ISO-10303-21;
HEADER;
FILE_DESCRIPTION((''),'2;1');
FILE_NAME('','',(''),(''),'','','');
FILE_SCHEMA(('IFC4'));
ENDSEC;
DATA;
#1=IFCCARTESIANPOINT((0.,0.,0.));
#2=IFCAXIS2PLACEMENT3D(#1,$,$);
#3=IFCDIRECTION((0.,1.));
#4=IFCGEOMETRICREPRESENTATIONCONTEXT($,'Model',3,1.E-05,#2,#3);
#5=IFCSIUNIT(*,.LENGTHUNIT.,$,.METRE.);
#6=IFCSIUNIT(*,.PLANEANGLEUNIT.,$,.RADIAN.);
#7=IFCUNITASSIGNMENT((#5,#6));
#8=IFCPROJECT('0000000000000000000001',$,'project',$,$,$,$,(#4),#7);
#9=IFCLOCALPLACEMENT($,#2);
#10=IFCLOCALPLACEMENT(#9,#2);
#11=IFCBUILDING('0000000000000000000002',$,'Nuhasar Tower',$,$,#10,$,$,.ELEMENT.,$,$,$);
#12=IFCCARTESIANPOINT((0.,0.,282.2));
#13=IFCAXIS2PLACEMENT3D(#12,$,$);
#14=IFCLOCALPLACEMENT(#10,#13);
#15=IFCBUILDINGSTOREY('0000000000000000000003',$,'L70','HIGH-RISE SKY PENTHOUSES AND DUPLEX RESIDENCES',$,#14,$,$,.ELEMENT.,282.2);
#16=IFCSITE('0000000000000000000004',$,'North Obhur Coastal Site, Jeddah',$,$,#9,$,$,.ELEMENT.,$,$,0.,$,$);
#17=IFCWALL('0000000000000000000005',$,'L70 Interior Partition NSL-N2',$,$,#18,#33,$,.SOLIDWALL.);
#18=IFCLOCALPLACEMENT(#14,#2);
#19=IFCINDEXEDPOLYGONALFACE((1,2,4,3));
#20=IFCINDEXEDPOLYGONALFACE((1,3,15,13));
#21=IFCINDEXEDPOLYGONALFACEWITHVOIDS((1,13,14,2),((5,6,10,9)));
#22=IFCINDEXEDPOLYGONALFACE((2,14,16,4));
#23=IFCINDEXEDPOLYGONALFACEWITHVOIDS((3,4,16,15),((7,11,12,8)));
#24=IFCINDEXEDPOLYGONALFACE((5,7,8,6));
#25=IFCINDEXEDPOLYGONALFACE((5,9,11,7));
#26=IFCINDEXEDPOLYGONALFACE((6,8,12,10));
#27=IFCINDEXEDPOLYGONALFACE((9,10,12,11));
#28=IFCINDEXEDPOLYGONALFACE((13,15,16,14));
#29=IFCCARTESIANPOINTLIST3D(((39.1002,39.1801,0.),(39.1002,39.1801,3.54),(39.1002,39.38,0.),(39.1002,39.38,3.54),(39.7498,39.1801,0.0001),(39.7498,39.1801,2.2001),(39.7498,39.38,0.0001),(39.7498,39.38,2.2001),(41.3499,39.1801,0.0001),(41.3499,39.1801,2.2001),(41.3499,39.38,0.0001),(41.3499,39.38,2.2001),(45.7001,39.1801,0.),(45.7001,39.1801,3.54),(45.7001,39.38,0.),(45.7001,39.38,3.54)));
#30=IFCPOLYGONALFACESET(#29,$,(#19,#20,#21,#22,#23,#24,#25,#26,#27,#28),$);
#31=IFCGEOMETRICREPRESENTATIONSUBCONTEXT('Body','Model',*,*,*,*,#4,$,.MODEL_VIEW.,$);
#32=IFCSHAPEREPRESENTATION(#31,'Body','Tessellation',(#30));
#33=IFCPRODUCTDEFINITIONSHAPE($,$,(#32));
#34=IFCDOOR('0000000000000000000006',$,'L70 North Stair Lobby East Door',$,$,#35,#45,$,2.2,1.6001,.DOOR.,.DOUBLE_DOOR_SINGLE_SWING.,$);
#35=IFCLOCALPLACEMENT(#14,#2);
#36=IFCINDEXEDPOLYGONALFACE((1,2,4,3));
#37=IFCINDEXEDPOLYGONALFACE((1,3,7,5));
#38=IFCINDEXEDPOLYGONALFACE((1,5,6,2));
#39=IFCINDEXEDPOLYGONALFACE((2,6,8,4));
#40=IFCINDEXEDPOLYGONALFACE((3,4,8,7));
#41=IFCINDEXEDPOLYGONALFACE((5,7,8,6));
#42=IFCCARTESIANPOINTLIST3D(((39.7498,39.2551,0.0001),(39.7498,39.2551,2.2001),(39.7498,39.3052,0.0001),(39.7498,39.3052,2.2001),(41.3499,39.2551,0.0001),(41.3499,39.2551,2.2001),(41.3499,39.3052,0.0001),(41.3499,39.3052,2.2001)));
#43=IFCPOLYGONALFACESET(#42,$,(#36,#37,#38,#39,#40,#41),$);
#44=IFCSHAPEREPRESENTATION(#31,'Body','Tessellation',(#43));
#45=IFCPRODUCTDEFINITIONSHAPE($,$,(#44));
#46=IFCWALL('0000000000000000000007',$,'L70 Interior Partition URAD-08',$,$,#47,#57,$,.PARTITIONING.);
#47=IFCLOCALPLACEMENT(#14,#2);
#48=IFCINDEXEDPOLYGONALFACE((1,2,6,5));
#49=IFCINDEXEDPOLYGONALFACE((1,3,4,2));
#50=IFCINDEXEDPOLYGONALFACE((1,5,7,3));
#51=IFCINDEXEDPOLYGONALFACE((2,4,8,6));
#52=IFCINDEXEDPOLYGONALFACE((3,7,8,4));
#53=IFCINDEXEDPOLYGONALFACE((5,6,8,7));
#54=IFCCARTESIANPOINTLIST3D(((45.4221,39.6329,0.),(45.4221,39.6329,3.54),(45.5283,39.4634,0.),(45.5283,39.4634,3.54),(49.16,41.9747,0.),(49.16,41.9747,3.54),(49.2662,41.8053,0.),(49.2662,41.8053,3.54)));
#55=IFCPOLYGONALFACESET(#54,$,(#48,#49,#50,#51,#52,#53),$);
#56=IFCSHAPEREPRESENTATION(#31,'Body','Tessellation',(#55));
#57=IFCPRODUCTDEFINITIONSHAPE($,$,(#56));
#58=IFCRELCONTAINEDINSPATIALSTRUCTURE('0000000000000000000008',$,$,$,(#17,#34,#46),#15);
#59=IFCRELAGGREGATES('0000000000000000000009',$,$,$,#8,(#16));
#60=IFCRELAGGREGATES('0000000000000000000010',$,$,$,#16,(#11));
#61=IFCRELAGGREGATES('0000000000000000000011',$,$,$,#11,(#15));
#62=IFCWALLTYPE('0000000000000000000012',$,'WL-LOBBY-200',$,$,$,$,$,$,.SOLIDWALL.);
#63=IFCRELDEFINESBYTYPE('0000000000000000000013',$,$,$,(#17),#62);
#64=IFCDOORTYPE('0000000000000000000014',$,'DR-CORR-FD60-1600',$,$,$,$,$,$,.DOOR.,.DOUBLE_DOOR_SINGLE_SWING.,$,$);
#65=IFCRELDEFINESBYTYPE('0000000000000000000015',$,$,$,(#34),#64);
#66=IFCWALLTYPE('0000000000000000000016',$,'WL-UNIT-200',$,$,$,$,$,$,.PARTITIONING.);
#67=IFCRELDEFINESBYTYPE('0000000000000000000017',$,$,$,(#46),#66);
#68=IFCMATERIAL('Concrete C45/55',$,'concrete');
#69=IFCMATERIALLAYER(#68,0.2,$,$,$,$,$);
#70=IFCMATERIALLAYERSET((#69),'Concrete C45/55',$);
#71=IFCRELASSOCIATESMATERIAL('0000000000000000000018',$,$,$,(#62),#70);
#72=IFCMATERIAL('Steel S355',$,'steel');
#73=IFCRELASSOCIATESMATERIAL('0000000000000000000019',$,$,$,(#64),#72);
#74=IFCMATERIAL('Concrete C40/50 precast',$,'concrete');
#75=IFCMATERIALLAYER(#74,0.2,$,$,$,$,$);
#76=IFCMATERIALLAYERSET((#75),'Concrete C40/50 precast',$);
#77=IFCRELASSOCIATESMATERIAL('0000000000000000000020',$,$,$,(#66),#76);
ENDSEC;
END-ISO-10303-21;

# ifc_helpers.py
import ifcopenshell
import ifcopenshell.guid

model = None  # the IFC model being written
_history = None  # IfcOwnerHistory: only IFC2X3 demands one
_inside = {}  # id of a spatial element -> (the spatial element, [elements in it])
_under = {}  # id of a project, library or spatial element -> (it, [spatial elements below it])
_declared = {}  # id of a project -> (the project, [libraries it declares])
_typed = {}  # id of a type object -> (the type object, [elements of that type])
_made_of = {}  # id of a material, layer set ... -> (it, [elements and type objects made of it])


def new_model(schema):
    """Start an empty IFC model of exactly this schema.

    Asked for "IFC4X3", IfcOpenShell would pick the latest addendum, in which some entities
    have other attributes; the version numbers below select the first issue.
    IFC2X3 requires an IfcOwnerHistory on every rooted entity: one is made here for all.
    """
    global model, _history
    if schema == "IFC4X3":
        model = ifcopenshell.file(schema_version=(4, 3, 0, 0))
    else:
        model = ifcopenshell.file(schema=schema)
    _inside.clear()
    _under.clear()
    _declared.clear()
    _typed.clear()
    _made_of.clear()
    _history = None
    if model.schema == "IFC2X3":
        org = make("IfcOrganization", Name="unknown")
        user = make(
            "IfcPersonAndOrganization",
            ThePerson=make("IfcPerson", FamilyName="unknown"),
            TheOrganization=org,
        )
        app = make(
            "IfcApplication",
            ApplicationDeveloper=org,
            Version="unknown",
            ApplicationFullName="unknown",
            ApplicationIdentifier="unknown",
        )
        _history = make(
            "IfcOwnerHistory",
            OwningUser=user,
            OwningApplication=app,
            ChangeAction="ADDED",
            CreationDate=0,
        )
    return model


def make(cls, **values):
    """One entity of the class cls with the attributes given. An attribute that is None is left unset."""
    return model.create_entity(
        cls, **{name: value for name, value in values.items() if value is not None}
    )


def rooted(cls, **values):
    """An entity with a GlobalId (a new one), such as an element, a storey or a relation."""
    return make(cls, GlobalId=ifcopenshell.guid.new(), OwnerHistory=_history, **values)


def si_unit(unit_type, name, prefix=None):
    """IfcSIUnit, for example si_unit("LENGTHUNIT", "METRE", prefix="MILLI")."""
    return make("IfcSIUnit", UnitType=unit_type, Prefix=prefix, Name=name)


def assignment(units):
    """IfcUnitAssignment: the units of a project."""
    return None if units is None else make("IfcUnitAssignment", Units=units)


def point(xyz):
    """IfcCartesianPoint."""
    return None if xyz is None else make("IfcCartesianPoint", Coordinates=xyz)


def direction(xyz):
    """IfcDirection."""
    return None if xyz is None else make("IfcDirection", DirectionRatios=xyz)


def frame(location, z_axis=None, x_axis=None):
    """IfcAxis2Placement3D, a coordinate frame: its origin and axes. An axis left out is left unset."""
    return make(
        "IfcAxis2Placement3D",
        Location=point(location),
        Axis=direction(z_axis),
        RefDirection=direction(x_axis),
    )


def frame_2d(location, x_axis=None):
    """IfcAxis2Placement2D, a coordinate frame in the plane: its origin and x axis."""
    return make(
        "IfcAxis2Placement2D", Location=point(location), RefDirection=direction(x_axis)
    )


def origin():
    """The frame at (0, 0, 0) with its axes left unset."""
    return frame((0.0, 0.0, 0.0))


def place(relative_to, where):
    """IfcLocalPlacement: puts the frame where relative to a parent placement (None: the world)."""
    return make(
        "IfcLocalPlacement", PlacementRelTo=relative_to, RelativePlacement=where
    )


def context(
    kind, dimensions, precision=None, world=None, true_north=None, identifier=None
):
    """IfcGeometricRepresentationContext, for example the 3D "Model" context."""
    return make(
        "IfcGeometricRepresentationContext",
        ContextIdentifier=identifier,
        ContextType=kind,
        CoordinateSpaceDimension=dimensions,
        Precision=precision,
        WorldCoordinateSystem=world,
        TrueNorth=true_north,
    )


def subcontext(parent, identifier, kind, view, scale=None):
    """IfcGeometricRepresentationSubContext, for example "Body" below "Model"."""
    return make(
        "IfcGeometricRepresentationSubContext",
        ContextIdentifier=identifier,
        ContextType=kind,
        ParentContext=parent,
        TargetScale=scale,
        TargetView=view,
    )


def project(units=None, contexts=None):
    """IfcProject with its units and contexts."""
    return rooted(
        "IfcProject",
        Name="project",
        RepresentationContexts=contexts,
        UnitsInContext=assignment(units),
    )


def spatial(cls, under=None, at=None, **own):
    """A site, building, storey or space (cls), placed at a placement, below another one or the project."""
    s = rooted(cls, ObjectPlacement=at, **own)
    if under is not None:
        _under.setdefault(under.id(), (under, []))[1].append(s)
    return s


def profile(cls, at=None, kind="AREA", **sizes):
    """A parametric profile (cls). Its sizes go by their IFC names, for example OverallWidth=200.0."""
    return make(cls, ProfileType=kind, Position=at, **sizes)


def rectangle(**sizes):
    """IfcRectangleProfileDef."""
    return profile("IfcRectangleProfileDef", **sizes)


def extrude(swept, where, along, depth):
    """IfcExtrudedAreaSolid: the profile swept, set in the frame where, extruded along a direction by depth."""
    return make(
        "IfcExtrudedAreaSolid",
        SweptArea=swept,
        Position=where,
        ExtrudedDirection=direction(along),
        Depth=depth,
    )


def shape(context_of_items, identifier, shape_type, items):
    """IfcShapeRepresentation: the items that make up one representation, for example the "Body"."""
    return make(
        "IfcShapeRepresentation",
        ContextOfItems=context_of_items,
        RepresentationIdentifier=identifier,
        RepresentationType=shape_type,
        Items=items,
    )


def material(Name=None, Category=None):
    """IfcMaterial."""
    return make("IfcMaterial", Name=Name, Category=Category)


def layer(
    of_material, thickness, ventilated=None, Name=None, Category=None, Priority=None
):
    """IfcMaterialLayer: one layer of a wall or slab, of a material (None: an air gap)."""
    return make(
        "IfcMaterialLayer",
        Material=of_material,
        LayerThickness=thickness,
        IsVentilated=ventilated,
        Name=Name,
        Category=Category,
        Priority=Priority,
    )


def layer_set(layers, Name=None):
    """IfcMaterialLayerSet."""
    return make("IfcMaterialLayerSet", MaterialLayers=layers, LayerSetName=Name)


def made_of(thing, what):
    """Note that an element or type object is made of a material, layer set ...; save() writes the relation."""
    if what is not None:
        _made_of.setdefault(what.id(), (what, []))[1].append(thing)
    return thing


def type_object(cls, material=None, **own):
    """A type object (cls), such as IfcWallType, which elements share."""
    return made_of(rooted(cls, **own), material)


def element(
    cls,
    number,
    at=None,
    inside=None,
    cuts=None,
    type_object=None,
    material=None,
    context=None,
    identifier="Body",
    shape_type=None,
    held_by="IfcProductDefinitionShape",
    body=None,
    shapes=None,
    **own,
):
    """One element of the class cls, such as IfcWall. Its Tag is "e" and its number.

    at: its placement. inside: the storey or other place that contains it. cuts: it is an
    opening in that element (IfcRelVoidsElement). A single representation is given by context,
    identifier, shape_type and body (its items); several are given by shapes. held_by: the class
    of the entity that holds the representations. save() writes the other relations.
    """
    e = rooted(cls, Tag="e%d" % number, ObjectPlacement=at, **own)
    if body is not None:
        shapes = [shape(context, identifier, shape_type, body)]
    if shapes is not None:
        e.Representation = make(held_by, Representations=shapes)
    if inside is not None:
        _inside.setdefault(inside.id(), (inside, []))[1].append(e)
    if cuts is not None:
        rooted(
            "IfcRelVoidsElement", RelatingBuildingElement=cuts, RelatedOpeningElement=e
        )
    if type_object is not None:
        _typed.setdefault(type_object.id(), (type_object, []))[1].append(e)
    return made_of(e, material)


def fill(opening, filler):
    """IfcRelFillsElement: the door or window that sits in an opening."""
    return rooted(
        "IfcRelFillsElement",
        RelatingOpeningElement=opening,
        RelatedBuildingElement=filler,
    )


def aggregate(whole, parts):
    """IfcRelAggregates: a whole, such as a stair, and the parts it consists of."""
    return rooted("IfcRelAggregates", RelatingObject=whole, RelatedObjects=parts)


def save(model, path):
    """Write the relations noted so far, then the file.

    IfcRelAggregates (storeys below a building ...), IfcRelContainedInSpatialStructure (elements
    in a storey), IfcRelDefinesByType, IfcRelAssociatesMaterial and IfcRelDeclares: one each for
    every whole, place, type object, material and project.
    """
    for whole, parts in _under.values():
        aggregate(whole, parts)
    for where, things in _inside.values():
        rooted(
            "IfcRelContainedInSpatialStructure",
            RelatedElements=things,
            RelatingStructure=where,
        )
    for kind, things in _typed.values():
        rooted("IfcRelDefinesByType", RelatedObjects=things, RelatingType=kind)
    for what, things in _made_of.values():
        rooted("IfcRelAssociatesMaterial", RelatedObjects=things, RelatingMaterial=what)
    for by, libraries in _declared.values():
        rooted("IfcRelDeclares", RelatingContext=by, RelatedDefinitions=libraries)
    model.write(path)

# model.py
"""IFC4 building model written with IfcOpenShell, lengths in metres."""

from ifc_helpers import new_model, si_unit, direction, frame, frame_2d, origin, place, context, subcontext, project, spatial, rectangle, extrude, material, layer, layer_set, type_object, element, fill, save


model = new_model("IFC4")

# Units and contexts
model_context = context("Model", 3, precision=1e-05, world=origin(), true_north=direction((0.0, 1.0)))
body_context = subcontext(model_context, "Body", "Model", "MODEL_VIEW")
ifc_project = project(units=[si_unit("LENGTHUNIT", "METRE"), si_unit("PLANEANGLEUNIT", "RADIAN")], contexts=[model_context])

# Site, building, storey
site_placement = place(None, origin())
site = spatial("IfcSite", under=ifc_project, at=site_placement, Name="North Obhur Coastal Site, Jeddah", CompositionType="ELEMENT", RefElevation=0.0)
building_placement = place(site_placement, origin())
building = spatial("IfcBuilding", under=site, at=building_placement, Name="Nuhasar Tower", CompositionType="ELEMENT")
storey_placement = place(building_placement, frame((0.0, 0.0, 282.2)))
storey = spatial("IfcBuildingStorey", under=building, at=storey_placement, Name="L70", Description="HIGH-RISE SKY PENTHOUSES AND DUPLEX RESIDENCES", CompositionType="ELEMENT", Elevation=282.2)

# Shared definitions
ifc_material_1 = material(Name="Steel S355", Category="steel")

# Shared definitions
ifc_material_2 = material(Name="Concrete C45/55", Category="concrete")
ifc_layer_1 = layer(ifc_material_2, 0.2)
ifc_layer_set_1 = layer_set([ifc_layer_1], Name="Concrete C45/55")
wall_type_1 = type_object("IfcWallType", Name="WL-LOBBY-200", PredefinedType="SOLIDWALL", material=ifc_layer_set_1)

# Wall, opening, door
wall_1_placement = place(storey_placement, frame((45.7, 39.28, 0.0), z_axis=(0.0, 0.0, 1.0), x_axis=(-1.0, 0.0, 0.0)))
wall_1 = element("IfcWall", 1, at=wall_1_placement, inside=storey, type_object=wall_type_1, Name="L70 Interior Partition NSL-N2", PredefinedType="SOLIDWALL", context=body_context, shape_type="SweptSolid", body=[
    extrude(rectangle(XDim=6.5999, YDim=0.2, at=frame_2d((3.2998, 0.0))), origin(), (0.0, 0.0, 1.0), 3.54),
])
opening_1_placement = place(wall_1_placement, frame((4.3501, 0.0, 0.0)))
opening_1 = element("IfcOpeningElement", 2, at=opening_1_placement, cuts=wall_1, PredefinedType="OPENING", context=body_context, shape_type="SweptSolid", body=[
    extrude(rectangle(XDim=1.6001, YDim=2.2, at=frame_2d((0.8, 1.1001))), frame((0.0, 0.1099, 0.0), z_axis=(0.0, -1.0, 0.0), x_axis=(1.0, 0.0, 0.0)), (0.0, 0.0, 1.0), 0.22),
])
door_type_1 = type_object("IfcDoorType", Name="DR-CORR-FD60-1600", OperationType="DOUBLE_DOOR_SINGLE_SWING", PredefinedType="DOOR", material=ifc_material_1)
door_1_placement = place(opening_1_placement, origin())
door_1 = element("IfcDoor", 3, at=door_1_placement, inside=storey, type_object=door_type_1, Name="L70 North Stair Lobby East Door", OperationType="DOUBLE_DOOR_SINGLE_SWING", OverallHeight=2.2, OverallWidth=1.6001, PredefinedType="DOOR", context=body_context, shape_type="SweptSolid", body=[
    extrude(rectangle(XDim=1.6001, YDim=2.2, at=frame_2d((0.8, 1.1001))), frame((0.0, 0.0249, 0.0), z_axis=(0.0, -1.0, 0.0), x_axis=(1.0, 0.0, 0.0)), (0.0, 0.0, 1.0), 0.05),
])
fill(opening_1, door_1)

# Wall
ifc_material_3 = material(Name="Concrete C40/50 precast", Category="concrete")
ifc_layer_2 = layer(ifc_material_3, 0.2)
ifc_layer_set_2 = layer_set([ifc_layer_2], Name="Concrete C40/50 precast")
wall_type_2 = type_object("IfcWallType", Name="WL-UNIT-200", PredefinedType="PARTITIONING", material=ifc_layer_set_2)
wall_2_placement = place(storey_placement, frame((45.4751, 39.5481, 0.0), z_axis=(0.0, 0.0, 1.0), x_axis=(0.847419, 0.530924, 0.0)))
element("IfcWall", 4, at=wall_2_placement, inside=storey, type_object=wall_type_2, Name="L70 Interior Partition URAD-08", PredefinedType="PARTITIONING", context=body_context, shape_type="SweptSolid", body=[
    extrude(rectangle(XDim=4.4109, YDim=0.2, at=frame_2d((2.2056, 0.0))), origin(), (0.0, 0.0, 1.0), 3.54),
])

save(model, "model.ifc")
